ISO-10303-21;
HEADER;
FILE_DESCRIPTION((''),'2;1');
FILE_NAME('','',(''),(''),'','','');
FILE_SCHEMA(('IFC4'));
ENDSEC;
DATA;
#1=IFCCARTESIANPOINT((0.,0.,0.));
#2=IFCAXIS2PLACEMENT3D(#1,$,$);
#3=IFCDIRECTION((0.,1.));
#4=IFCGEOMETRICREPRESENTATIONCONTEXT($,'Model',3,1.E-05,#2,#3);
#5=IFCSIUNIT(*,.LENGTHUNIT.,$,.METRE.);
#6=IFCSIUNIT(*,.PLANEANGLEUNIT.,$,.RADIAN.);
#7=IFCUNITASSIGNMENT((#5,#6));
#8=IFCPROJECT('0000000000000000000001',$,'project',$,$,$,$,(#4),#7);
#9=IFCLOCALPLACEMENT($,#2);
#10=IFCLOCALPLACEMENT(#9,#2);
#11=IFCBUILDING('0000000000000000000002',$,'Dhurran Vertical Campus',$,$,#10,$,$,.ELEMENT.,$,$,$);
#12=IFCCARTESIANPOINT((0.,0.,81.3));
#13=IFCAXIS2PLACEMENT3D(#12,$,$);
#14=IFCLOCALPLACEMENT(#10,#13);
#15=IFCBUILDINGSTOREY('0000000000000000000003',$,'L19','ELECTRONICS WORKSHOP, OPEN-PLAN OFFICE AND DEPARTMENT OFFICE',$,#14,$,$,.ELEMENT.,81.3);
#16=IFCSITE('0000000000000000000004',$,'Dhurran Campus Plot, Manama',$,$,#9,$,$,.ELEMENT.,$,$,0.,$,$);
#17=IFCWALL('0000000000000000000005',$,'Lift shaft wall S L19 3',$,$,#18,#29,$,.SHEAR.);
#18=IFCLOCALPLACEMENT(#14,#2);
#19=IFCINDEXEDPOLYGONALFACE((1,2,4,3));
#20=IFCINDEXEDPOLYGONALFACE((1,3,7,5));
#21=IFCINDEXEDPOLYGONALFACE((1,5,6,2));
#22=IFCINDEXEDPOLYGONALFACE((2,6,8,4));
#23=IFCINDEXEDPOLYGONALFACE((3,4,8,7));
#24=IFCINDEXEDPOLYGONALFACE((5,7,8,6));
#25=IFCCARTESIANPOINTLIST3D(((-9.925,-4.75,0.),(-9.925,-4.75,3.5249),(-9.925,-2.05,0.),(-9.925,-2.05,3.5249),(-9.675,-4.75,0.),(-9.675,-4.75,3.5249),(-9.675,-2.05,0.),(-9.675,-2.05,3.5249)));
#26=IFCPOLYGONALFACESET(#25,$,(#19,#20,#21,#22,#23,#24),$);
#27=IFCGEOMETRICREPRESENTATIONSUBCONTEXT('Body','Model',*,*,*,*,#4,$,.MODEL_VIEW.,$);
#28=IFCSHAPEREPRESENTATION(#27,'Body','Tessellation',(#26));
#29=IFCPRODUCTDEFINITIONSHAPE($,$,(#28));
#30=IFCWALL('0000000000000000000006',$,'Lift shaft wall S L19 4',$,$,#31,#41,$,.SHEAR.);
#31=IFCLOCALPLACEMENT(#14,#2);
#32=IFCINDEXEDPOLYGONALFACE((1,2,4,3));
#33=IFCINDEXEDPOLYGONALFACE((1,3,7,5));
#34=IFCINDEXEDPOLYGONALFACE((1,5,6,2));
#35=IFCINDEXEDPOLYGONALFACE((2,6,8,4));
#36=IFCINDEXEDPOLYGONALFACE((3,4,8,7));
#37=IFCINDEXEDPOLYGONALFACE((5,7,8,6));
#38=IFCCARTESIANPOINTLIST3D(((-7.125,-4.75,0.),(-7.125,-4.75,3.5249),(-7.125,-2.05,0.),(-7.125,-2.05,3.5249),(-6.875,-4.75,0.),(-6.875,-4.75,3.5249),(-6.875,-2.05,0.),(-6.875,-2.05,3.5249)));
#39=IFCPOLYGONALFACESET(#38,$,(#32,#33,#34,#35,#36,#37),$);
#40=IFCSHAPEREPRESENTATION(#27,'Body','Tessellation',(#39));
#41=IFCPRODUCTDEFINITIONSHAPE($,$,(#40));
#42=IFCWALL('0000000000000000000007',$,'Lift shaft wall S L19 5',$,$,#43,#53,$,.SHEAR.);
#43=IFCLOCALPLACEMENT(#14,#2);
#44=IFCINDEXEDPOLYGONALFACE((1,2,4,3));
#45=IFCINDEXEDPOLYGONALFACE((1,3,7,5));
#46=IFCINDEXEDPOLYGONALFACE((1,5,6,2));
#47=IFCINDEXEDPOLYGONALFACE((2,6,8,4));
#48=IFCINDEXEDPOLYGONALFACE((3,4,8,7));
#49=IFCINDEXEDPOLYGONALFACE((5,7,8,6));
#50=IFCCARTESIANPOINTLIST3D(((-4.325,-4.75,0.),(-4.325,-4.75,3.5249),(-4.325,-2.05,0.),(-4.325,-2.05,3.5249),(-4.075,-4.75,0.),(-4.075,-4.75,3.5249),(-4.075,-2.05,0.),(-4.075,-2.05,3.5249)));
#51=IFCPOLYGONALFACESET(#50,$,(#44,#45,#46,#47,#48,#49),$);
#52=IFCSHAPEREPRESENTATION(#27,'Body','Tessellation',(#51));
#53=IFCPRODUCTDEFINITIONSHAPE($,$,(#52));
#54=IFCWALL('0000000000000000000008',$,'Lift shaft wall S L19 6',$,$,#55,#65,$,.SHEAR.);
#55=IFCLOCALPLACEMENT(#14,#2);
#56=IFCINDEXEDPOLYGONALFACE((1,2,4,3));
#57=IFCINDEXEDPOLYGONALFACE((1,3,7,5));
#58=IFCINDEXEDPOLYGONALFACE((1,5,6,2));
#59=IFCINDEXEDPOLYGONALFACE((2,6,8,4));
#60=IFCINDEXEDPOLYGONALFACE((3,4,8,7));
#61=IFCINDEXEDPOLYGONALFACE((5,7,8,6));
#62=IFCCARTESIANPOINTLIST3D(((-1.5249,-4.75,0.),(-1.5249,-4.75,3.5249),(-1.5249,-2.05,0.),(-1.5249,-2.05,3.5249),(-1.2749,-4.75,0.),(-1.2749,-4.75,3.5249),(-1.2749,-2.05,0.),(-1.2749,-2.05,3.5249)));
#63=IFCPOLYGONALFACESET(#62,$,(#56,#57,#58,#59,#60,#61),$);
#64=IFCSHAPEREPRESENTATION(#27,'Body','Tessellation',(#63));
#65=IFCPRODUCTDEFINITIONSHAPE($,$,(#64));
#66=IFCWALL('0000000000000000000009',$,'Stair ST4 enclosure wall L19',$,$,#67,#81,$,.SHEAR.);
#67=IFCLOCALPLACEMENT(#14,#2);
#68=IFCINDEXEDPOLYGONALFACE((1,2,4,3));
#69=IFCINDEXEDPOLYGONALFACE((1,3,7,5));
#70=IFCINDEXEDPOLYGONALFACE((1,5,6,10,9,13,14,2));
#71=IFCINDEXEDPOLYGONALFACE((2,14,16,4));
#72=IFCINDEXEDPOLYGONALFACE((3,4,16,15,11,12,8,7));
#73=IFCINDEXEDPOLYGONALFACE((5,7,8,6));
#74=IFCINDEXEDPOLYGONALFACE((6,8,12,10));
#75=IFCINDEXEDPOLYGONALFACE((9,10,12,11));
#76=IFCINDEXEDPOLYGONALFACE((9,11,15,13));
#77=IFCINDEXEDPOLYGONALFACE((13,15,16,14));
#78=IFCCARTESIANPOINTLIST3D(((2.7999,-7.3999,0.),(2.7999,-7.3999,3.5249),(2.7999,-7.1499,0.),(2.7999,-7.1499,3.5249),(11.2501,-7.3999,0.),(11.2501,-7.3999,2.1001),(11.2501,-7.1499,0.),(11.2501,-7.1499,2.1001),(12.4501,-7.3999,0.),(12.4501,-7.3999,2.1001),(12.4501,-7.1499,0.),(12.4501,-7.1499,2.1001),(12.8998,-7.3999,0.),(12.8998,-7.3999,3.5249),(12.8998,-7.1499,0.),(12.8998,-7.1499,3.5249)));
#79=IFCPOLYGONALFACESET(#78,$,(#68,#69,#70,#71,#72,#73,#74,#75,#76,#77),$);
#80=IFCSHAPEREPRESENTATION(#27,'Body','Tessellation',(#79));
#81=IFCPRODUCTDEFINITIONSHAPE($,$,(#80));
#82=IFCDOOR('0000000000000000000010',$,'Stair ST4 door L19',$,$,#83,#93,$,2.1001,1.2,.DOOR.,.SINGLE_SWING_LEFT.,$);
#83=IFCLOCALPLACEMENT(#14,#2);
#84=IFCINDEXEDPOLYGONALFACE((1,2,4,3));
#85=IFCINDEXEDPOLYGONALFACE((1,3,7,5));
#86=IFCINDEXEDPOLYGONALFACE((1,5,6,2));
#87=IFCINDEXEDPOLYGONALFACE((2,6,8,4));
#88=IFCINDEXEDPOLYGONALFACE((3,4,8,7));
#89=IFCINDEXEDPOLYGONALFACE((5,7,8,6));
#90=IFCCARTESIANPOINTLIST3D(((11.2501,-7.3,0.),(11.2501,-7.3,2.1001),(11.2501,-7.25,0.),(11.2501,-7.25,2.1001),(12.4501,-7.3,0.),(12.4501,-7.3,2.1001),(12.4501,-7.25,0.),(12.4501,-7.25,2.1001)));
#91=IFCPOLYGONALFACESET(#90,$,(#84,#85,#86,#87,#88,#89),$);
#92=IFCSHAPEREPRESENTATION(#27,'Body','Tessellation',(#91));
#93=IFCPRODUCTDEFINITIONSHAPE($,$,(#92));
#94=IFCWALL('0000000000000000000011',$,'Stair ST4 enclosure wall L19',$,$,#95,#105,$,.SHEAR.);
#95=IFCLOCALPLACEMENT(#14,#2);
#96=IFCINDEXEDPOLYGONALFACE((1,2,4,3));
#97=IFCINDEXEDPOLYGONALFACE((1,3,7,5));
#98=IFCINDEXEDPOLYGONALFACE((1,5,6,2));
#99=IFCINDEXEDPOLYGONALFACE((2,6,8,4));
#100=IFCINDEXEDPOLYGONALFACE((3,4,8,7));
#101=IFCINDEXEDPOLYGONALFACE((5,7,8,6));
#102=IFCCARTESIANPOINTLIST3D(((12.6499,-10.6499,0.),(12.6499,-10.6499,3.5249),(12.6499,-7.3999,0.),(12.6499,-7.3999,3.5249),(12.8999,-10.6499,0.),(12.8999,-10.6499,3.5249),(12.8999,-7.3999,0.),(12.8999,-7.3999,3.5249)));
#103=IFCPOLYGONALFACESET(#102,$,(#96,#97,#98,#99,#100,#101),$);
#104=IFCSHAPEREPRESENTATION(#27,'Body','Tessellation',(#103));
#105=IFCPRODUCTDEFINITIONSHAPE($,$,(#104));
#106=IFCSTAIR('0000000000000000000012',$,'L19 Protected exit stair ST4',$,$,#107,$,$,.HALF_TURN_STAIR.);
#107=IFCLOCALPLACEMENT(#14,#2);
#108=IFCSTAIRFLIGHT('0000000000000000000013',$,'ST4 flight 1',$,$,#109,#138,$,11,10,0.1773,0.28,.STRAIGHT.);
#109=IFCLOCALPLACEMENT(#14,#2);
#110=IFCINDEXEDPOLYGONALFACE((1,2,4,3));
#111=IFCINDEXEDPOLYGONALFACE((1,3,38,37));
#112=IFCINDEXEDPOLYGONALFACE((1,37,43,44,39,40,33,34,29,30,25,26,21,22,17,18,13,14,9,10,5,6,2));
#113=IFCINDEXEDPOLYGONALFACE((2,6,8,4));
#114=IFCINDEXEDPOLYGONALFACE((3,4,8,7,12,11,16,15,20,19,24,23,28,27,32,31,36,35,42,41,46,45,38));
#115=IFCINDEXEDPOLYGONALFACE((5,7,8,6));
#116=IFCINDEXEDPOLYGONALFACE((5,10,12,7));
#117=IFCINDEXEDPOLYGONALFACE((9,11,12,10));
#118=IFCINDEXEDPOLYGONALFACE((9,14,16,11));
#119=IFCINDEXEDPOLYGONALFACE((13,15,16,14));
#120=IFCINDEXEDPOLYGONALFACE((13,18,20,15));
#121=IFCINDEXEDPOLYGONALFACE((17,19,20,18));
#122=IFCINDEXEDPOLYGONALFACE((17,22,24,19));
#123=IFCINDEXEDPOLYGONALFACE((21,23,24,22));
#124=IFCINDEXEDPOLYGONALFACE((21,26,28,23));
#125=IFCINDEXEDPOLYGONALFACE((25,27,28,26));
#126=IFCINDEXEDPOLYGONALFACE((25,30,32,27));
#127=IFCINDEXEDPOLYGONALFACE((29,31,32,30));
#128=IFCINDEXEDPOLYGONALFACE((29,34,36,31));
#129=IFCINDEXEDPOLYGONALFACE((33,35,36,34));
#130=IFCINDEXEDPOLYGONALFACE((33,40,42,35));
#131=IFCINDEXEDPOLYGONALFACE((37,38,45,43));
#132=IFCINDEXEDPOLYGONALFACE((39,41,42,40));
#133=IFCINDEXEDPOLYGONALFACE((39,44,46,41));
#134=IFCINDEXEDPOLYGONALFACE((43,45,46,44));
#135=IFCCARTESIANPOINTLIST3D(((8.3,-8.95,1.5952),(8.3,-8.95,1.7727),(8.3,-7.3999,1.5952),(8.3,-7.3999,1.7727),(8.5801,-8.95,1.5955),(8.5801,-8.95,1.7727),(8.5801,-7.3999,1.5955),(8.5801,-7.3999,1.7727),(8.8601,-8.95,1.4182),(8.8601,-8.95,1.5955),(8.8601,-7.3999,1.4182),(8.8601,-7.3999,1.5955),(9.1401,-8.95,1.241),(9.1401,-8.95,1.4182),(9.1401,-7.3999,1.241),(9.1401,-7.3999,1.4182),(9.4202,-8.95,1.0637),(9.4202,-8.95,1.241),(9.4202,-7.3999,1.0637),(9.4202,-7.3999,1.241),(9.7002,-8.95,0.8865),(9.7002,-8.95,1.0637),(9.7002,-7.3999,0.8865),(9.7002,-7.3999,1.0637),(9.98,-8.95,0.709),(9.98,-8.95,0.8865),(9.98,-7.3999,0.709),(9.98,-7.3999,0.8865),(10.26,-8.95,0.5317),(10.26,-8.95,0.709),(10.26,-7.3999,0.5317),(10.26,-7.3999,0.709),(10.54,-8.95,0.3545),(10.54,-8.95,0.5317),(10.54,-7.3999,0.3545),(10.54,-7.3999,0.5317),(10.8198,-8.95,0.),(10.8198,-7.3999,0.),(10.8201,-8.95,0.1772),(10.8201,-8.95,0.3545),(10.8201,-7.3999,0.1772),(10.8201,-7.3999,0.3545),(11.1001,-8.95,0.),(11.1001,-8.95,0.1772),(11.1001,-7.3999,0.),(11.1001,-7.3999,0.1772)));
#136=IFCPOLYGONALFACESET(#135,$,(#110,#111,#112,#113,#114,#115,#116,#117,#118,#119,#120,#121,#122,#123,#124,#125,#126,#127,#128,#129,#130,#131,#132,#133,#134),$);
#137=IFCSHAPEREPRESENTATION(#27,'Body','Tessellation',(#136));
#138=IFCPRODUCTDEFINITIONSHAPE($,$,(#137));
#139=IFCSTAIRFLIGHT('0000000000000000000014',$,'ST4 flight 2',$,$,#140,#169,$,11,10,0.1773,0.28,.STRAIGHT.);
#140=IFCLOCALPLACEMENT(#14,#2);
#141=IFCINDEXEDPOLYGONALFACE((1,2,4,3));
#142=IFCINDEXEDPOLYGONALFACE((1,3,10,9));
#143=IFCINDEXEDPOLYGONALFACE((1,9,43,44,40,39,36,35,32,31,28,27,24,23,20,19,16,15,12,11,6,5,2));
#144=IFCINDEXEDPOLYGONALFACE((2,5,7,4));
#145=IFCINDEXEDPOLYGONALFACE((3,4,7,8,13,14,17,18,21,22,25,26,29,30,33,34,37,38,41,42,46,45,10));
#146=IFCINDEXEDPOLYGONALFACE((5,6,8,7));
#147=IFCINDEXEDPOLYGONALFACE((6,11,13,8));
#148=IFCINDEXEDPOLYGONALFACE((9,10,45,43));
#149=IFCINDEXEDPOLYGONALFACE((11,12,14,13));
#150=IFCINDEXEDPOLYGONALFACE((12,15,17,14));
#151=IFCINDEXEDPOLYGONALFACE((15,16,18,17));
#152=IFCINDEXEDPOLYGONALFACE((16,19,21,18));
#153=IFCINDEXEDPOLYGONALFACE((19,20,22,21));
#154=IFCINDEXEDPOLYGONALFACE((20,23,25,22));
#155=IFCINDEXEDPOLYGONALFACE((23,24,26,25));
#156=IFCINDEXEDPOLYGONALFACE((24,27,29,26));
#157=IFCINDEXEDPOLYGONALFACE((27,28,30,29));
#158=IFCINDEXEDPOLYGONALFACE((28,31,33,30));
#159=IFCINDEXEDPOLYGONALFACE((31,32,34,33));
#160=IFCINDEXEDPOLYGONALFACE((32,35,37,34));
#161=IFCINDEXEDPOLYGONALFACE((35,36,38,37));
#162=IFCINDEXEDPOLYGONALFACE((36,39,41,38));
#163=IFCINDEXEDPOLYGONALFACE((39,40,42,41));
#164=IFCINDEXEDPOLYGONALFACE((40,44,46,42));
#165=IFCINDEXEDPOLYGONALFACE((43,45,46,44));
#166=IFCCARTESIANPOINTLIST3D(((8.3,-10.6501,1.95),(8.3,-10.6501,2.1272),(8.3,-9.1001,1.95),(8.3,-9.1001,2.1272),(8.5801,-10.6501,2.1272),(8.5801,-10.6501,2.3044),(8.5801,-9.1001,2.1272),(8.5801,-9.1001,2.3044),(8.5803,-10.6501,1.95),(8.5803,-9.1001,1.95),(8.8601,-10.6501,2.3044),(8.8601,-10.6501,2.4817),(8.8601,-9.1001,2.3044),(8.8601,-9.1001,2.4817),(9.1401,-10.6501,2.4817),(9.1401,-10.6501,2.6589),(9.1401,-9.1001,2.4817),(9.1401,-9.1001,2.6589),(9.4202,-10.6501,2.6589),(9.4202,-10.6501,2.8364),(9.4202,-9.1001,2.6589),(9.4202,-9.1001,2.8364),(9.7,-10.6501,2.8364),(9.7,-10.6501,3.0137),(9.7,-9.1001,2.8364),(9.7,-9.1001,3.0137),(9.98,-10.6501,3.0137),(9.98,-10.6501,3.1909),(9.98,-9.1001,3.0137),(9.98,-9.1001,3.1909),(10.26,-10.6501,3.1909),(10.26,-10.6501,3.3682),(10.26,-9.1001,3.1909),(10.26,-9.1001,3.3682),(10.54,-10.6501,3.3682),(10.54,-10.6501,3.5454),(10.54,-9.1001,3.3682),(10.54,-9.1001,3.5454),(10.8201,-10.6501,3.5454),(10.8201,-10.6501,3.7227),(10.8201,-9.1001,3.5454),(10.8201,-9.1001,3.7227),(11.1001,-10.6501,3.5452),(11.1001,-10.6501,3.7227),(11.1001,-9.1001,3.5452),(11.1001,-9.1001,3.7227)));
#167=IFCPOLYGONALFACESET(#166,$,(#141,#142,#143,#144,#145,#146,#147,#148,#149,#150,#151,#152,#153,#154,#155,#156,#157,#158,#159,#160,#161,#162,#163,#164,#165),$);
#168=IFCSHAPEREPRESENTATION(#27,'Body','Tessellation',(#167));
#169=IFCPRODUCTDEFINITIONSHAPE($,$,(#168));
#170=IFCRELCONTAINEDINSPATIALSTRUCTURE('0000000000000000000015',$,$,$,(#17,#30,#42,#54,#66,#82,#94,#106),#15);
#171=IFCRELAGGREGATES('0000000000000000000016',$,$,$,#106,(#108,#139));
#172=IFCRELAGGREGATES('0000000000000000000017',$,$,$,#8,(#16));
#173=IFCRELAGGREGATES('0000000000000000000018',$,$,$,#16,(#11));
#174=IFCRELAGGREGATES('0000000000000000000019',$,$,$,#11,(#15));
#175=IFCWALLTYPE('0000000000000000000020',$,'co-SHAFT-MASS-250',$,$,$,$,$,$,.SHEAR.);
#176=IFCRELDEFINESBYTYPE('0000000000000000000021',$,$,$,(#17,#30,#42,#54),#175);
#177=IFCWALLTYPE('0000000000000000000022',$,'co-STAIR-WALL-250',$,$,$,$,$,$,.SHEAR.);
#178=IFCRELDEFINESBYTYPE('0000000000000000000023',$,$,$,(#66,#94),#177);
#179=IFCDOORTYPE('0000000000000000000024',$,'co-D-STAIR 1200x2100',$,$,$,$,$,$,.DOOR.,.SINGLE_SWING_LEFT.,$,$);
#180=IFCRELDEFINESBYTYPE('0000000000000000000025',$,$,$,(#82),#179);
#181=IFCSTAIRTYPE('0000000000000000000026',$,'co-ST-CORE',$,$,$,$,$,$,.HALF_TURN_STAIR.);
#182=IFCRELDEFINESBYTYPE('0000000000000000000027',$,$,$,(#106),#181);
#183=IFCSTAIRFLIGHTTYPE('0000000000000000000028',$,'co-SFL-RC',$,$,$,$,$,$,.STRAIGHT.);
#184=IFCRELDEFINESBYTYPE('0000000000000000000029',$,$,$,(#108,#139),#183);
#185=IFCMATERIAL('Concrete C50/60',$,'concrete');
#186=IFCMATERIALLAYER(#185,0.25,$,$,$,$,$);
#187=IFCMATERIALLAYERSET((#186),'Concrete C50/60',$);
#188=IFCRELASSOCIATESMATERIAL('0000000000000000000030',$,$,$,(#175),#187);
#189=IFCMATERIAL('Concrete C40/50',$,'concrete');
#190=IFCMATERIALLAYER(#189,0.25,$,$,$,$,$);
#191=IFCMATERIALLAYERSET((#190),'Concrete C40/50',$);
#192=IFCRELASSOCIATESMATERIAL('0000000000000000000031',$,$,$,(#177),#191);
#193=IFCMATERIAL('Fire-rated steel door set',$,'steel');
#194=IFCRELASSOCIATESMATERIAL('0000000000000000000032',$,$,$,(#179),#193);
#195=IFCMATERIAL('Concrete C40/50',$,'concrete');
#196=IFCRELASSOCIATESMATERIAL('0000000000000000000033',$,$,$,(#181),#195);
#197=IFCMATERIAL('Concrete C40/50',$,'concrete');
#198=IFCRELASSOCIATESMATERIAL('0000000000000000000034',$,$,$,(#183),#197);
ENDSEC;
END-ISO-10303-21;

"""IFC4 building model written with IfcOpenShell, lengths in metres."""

from ifc_helpers import new_model, si_unit, direction, frame, frame_2d, origin, place, context, subcontext, project, spatial, polyline, rectangle, outline, extrude, material, layer, layer_set, type_object, element, fill, aggregate, save


model = new_model("IFC4")

# Units and contexts
model_context = context("Model", 3, precision=1e-05, world=origin(), true_north=direction((0.0, 1.0)))
body_context = subcontext(model_context, "Body", "Model", "MODEL_VIEW")
ifc_project = project(units=[si_unit("LENGTHUNIT", "METRE"), si_unit("PLANEANGLEUNIT", "RADIAN")], contexts=[model_context])

# Site, building, storey
site_placement = place(None, origin())
site = spatial("IfcSite", under=ifc_project, at=site_placement, Name="Dhurran Campus Plot, Manama", CompositionType="ELEMENT", RefElevation=0.0)
building_placement = place(site_placement, origin())
building = spatial("IfcBuilding", under=site, at=building_placement, Name="Dhurran Vertical Campus", CompositionType="ELEMENT")
storey_placement = place(building_placement, frame((0.0, 0.0, 81.3)))
storey = spatial("IfcBuildingStorey", under=building, at=storey_placement, Name="L19", Description="ELECTRONICS WORKSHOP, OPEN-PLAN OFFICE AND DEPARTMENT OFFICE", CompositionType="ELEMENT", Elevation=81.3)

# Walls
ifc_material_1 = material(Name="Concrete C50/60", Category="concrete")
ifc_layer_1 = layer(ifc_material_1, 0.25)
ifc_layer_set_1 = layer_set([ifc_layer_1], Name="Concrete C50/60")
wall_type_1 = type_object("IfcWallType", Name="co-SHAFT-MASS-250", PredefinedType="SHEAR", material=ifc_layer_set_1)
wall_1_placement = place(storey_placement, origin())
element("IfcWall", 1, at=wall_1_placement, inside=storey, type_object=wall_type_1, Name="Lift shaft wall S L19 3", PredefinedType="SHEAR", context=body_context, shape_type="SweptSolid", body=[
    extrude(outline(polyline([(-9.925, -4.75), (-9.675, -4.75), (-9.675, -2.05), (-9.925, -2.05), (-9.925, -4.75)])), origin(), (0.0, 0.0, 1.0), 3.5249),
])
wall_2_placement = place(storey_placement, origin())
element("IfcWall", 2, at=wall_2_placement, inside=storey, type_object=wall_type_1, Name="Lift shaft wall S L19 4", PredefinedType="SHEAR", context=body_context, shape_type="SweptSolid", body=[
    extrude(outline(polyline([(-7.125, -4.75), (-6.875, -4.75), (-6.875, -2.05), (-7.125, -2.05), (-7.125, -4.75)])), origin(), (0.0, 0.0, 1.0), 3.5249),
])
wall_3_placement = place(storey_placement, origin())
element("IfcWall", 3, at=wall_3_placement, inside=storey, type_object=wall_type_1, Name="Lift shaft wall S L19 5", PredefinedType="SHEAR", context=body_context, shape_type="SweptSolid", body=[
    extrude(outline(polyline([(-4.325, -4.75), (-4.075, -4.75), (-4.075, -2.05), (-4.325, -2.05), (-4.325, -4.75)])), origin(), (0.0, 0.0, 1.0), 3.5249),
])
wall_4_placement = place(storey_placement, origin())
element("IfcWall", 4, at=wall_4_placement, inside=storey, type_object=wall_type_1, Name="Lift shaft wall S L19 6", PredefinedType="SHEAR", context=body_context, shape_type="SweptSolid", body=[
    extrude(outline(polyline([(-1.5249, -4.75), (-1.2749, -4.75), (-1.2749, -2.05), (-1.5249, -2.05), (-1.5249, -4.75)])), origin(), (0.0, 0.0, 1.0), 3.5249),
])

# Wall, opening, door
ifc_material_2 = material(Name="Concrete C40/50", Category="concrete")
ifc_layer_2 = layer(ifc_material_2, 0.25)
ifc_layer_set_2 = layer_set([ifc_layer_2], Name="Concrete C40/50")
wall_type_2 = type_object("IfcWallType", Name="co-STAIR-WALL-250", PredefinedType="SHEAR", material=ifc_layer_set_2)
wall_5_placement = place(storey_placement, frame((2.8, -7.2749, 0.0), z_axis=(0.0, 0.0, 1.0), x_axis=(1.0, 0.0, 0.0)))
wall_5 = element("IfcWall", 5, at=wall_5_placement, inside=storey, type_object=wall_type_2, Name="Stair ST4 enclosure wall L19", PredefinedType="SHEAR", context=body_context, shape_type="SweptSolid", body=[
    extrude(rectangle(XDim=10.0999, YDim=0.25, at=frame_2d((5.0498, 0.0))), origin(), (0.0, 0.0, 1.0), 3.5249),
])
opening_1_placement = place(wall_5_placement, frame((8.45, 0.0, 0.0)))
opening_1 = element("IfcOpeningElement", 6, at=opening_1_placement, cuts=wall_5, PredefinedType="OPENING", context=body_context, shape_type="SweptSolid", body=[
    extrude(rectangle(XDim=1.2, YDim=2.1001, at=frame_2d((0.6001, 1.05))), frame((0.0, 0.135, 0.0), z_axis=(0.0, -1.0, 0.0), x_axis=(1.0, 0.0, 0.0)), (0.0, 0.0, 1.0), 0.27),
])
ifc_material_3 = material(Name="Fire-rated steel door set", Category="steel")
door_type_1 = type_object("IfcDoorType", Name="co-D-STAIR 1200x2100", OperationType="SINGLE_SWING_LEFT", PredefinedType="DOOR", material=ifc_material_3)
door_1_placement = place(opening_1_placement, origin())
door_1 = element("IfcDoor", 7, at=door_1_placement, inside=storey, type_object=door_type_1, Name="Stair ST4 door L19", OperationType="SINGLE_SWING_LEFT", OverallHeight=2.1001, OverallWidth=1.2, PredefinedType="DOOR", context=body_context, shape_type="SweptSolid", body=[
    extrude(rectangle(XDim=1.2, YDim=2.1001, at=frame_2d((0.6001, 1.05))), frame((0.0, 0.0249, 0.0), z_axis=(0.0, -1.0, 0.0), x_axis=(1.0, 0.0, 0.0)), (0.0, 0.0, 1.0), 0.05),
])
fill(opening_1, door_1)

# Wall
wall_6_placement = place(storey_placement, frame((12.7749, -10.6499, 0.0), z_axis=(0.0, 0.0, 1.0), x_axis=(0.0, 1.0, 0.0)))
element("IfcWall", 8, at=wall_6_placement, inside=storey, type_object=wall_type_2, Name="Stair ST4 enclosure wall L19", PredefinedType="SHEAR", context=body_context, shape_type="SweptSolid", body=[
    extrude(rectangle(XDim=3.25, YDim=0.25, at=frame_2d((1.625, 0.0))), origin(), (0.0, 0.0, 1.0), 3.5249),
])

# Stair, stair flights
ifc_material_4 = material(Name="Concrete C40/50", Category="concrete")
stair_type = type_object("IfcStairType", Name="co-ST-CORE", PredefinedType="HALF_TURN_STAIR", material=ifc_material_4)
stair_placement = place(storey_placement, origin())
stair = element("IfcStair", 9, at=stair_placement, inside=storey, type_object=stair_type, Name="L19 Protected exit stair ST4", PredefinedType="HALF_TURN_STAIR")
ifc_material_5 = material(Name="Concrete C40/50", Category="concrete")
stair_flight_type = type_object("IfcStairFlightType", Name="co-SFL-RC", PredefinedType="STRAIGHT", material=ifc_material_5)
stair_flight_1_placement = place(storey_placement, frame((11.1001, -8.175, 0.0), z_axis=(0.0, 0.0, 1.0), x_axis=(-1.0, 0.0, 0.0)))
stair_flight_1 = element("IfcStairFlight", 10, at=stair_flight_1_placement, type_object=stair_flight_type, Name="ST4 flight 1", NumberOfRisers=11, NumberOfTreads=10, PredefinedType="STRAIGHT", RiserHeight=0.1773, TreadLength=0.28, context=body_context, shape_type="SweptSolid", body=[
    extrude(outline(polyline([(0.0, 0.0), (0.0, 0.1772), (0.28, 0.1772), (0.28, 0.3545), (0.5601, 0.3545), (0.5601, 0.5317), (0.8401, 0.5317), (0.8401, 0.709), (1.1201, 0.709), (1.1201, 0.8865), (1.3999, 0.8865), (1.3999, 1.0637), (1.6799, 1.0637), (1.6799, 1.241), (1.96, 1.241), (1.96, 1.4182), (2.24, 1.4182), (2.24, 1.5955), (2.52, 1.5955), (2.52, 1.7727), (2.8, 1.7727), (2.8, 1.95), (2.8, 1.5952), (0.2803, 0.0), (0.0, 0.0)])), frame((0.0, 0.7749, 0.0), z_axis=(0.0, -1.0, 0.0), x_axis=(1.0, 0.0, 0.0)), (0.0, 0.0, 1.0), 1.55),
])
stair_flight_2_placement = place(storey_placement, frame((8.3, -9.875, 1.95), z_axis=(0.0, 0.0, 1.0), x_axis=(1.0, 0.0, 0.0)))
stair_flight_2 = element("IfcStairFlight", 11, at=stair_flight_2_placement, type_object=stair_flight_type, Name="ST4 flight 2", NumberOfRisers=11, NumberOfTreads=10, PredefinedType="STRAIGHT", RiserHeight=0.1773, TreadLength=0.28, context=body_context, shape_type="SweptSolid", body=[
    extrude(outline(polyline([(0.0, 0.0), (0.0, 0.1772), (0.28, 0.1772), (0.28, 0.3545), (0.5601, 0.3545), (0.5601, 0.5317), (0.8401, 0.5317), (0.8401, 0.709), (1.1201, 0.709), (1.1201, 0.8865), (1.3999, 0.8865), (1.3999, 1.0637), (1.6799, 1.0637), (1.6799, 1.241), (1.96, 1.241), (1.96, 1.4182), (2.24, 1.4182), (2.24, 1.5955), (2.52, 1.5955), (2.52, 1.7727), (2.8, 1.7727), (2.8, 1.95), (2.8, 1.5952), (0.2803, 0.0), (0.0, 0.0)])), frame((0.0, 0.7749, 0.0), z_axis=(0.0, -1.0, 0.0), x_axis=(1.0, 0.0, 0.0)), (0.0, 0.0, 1.0), 1.55),
])
aggregate(stair, [stair_flight_1, stair_flight_2])

save(model, "model.ifc")
